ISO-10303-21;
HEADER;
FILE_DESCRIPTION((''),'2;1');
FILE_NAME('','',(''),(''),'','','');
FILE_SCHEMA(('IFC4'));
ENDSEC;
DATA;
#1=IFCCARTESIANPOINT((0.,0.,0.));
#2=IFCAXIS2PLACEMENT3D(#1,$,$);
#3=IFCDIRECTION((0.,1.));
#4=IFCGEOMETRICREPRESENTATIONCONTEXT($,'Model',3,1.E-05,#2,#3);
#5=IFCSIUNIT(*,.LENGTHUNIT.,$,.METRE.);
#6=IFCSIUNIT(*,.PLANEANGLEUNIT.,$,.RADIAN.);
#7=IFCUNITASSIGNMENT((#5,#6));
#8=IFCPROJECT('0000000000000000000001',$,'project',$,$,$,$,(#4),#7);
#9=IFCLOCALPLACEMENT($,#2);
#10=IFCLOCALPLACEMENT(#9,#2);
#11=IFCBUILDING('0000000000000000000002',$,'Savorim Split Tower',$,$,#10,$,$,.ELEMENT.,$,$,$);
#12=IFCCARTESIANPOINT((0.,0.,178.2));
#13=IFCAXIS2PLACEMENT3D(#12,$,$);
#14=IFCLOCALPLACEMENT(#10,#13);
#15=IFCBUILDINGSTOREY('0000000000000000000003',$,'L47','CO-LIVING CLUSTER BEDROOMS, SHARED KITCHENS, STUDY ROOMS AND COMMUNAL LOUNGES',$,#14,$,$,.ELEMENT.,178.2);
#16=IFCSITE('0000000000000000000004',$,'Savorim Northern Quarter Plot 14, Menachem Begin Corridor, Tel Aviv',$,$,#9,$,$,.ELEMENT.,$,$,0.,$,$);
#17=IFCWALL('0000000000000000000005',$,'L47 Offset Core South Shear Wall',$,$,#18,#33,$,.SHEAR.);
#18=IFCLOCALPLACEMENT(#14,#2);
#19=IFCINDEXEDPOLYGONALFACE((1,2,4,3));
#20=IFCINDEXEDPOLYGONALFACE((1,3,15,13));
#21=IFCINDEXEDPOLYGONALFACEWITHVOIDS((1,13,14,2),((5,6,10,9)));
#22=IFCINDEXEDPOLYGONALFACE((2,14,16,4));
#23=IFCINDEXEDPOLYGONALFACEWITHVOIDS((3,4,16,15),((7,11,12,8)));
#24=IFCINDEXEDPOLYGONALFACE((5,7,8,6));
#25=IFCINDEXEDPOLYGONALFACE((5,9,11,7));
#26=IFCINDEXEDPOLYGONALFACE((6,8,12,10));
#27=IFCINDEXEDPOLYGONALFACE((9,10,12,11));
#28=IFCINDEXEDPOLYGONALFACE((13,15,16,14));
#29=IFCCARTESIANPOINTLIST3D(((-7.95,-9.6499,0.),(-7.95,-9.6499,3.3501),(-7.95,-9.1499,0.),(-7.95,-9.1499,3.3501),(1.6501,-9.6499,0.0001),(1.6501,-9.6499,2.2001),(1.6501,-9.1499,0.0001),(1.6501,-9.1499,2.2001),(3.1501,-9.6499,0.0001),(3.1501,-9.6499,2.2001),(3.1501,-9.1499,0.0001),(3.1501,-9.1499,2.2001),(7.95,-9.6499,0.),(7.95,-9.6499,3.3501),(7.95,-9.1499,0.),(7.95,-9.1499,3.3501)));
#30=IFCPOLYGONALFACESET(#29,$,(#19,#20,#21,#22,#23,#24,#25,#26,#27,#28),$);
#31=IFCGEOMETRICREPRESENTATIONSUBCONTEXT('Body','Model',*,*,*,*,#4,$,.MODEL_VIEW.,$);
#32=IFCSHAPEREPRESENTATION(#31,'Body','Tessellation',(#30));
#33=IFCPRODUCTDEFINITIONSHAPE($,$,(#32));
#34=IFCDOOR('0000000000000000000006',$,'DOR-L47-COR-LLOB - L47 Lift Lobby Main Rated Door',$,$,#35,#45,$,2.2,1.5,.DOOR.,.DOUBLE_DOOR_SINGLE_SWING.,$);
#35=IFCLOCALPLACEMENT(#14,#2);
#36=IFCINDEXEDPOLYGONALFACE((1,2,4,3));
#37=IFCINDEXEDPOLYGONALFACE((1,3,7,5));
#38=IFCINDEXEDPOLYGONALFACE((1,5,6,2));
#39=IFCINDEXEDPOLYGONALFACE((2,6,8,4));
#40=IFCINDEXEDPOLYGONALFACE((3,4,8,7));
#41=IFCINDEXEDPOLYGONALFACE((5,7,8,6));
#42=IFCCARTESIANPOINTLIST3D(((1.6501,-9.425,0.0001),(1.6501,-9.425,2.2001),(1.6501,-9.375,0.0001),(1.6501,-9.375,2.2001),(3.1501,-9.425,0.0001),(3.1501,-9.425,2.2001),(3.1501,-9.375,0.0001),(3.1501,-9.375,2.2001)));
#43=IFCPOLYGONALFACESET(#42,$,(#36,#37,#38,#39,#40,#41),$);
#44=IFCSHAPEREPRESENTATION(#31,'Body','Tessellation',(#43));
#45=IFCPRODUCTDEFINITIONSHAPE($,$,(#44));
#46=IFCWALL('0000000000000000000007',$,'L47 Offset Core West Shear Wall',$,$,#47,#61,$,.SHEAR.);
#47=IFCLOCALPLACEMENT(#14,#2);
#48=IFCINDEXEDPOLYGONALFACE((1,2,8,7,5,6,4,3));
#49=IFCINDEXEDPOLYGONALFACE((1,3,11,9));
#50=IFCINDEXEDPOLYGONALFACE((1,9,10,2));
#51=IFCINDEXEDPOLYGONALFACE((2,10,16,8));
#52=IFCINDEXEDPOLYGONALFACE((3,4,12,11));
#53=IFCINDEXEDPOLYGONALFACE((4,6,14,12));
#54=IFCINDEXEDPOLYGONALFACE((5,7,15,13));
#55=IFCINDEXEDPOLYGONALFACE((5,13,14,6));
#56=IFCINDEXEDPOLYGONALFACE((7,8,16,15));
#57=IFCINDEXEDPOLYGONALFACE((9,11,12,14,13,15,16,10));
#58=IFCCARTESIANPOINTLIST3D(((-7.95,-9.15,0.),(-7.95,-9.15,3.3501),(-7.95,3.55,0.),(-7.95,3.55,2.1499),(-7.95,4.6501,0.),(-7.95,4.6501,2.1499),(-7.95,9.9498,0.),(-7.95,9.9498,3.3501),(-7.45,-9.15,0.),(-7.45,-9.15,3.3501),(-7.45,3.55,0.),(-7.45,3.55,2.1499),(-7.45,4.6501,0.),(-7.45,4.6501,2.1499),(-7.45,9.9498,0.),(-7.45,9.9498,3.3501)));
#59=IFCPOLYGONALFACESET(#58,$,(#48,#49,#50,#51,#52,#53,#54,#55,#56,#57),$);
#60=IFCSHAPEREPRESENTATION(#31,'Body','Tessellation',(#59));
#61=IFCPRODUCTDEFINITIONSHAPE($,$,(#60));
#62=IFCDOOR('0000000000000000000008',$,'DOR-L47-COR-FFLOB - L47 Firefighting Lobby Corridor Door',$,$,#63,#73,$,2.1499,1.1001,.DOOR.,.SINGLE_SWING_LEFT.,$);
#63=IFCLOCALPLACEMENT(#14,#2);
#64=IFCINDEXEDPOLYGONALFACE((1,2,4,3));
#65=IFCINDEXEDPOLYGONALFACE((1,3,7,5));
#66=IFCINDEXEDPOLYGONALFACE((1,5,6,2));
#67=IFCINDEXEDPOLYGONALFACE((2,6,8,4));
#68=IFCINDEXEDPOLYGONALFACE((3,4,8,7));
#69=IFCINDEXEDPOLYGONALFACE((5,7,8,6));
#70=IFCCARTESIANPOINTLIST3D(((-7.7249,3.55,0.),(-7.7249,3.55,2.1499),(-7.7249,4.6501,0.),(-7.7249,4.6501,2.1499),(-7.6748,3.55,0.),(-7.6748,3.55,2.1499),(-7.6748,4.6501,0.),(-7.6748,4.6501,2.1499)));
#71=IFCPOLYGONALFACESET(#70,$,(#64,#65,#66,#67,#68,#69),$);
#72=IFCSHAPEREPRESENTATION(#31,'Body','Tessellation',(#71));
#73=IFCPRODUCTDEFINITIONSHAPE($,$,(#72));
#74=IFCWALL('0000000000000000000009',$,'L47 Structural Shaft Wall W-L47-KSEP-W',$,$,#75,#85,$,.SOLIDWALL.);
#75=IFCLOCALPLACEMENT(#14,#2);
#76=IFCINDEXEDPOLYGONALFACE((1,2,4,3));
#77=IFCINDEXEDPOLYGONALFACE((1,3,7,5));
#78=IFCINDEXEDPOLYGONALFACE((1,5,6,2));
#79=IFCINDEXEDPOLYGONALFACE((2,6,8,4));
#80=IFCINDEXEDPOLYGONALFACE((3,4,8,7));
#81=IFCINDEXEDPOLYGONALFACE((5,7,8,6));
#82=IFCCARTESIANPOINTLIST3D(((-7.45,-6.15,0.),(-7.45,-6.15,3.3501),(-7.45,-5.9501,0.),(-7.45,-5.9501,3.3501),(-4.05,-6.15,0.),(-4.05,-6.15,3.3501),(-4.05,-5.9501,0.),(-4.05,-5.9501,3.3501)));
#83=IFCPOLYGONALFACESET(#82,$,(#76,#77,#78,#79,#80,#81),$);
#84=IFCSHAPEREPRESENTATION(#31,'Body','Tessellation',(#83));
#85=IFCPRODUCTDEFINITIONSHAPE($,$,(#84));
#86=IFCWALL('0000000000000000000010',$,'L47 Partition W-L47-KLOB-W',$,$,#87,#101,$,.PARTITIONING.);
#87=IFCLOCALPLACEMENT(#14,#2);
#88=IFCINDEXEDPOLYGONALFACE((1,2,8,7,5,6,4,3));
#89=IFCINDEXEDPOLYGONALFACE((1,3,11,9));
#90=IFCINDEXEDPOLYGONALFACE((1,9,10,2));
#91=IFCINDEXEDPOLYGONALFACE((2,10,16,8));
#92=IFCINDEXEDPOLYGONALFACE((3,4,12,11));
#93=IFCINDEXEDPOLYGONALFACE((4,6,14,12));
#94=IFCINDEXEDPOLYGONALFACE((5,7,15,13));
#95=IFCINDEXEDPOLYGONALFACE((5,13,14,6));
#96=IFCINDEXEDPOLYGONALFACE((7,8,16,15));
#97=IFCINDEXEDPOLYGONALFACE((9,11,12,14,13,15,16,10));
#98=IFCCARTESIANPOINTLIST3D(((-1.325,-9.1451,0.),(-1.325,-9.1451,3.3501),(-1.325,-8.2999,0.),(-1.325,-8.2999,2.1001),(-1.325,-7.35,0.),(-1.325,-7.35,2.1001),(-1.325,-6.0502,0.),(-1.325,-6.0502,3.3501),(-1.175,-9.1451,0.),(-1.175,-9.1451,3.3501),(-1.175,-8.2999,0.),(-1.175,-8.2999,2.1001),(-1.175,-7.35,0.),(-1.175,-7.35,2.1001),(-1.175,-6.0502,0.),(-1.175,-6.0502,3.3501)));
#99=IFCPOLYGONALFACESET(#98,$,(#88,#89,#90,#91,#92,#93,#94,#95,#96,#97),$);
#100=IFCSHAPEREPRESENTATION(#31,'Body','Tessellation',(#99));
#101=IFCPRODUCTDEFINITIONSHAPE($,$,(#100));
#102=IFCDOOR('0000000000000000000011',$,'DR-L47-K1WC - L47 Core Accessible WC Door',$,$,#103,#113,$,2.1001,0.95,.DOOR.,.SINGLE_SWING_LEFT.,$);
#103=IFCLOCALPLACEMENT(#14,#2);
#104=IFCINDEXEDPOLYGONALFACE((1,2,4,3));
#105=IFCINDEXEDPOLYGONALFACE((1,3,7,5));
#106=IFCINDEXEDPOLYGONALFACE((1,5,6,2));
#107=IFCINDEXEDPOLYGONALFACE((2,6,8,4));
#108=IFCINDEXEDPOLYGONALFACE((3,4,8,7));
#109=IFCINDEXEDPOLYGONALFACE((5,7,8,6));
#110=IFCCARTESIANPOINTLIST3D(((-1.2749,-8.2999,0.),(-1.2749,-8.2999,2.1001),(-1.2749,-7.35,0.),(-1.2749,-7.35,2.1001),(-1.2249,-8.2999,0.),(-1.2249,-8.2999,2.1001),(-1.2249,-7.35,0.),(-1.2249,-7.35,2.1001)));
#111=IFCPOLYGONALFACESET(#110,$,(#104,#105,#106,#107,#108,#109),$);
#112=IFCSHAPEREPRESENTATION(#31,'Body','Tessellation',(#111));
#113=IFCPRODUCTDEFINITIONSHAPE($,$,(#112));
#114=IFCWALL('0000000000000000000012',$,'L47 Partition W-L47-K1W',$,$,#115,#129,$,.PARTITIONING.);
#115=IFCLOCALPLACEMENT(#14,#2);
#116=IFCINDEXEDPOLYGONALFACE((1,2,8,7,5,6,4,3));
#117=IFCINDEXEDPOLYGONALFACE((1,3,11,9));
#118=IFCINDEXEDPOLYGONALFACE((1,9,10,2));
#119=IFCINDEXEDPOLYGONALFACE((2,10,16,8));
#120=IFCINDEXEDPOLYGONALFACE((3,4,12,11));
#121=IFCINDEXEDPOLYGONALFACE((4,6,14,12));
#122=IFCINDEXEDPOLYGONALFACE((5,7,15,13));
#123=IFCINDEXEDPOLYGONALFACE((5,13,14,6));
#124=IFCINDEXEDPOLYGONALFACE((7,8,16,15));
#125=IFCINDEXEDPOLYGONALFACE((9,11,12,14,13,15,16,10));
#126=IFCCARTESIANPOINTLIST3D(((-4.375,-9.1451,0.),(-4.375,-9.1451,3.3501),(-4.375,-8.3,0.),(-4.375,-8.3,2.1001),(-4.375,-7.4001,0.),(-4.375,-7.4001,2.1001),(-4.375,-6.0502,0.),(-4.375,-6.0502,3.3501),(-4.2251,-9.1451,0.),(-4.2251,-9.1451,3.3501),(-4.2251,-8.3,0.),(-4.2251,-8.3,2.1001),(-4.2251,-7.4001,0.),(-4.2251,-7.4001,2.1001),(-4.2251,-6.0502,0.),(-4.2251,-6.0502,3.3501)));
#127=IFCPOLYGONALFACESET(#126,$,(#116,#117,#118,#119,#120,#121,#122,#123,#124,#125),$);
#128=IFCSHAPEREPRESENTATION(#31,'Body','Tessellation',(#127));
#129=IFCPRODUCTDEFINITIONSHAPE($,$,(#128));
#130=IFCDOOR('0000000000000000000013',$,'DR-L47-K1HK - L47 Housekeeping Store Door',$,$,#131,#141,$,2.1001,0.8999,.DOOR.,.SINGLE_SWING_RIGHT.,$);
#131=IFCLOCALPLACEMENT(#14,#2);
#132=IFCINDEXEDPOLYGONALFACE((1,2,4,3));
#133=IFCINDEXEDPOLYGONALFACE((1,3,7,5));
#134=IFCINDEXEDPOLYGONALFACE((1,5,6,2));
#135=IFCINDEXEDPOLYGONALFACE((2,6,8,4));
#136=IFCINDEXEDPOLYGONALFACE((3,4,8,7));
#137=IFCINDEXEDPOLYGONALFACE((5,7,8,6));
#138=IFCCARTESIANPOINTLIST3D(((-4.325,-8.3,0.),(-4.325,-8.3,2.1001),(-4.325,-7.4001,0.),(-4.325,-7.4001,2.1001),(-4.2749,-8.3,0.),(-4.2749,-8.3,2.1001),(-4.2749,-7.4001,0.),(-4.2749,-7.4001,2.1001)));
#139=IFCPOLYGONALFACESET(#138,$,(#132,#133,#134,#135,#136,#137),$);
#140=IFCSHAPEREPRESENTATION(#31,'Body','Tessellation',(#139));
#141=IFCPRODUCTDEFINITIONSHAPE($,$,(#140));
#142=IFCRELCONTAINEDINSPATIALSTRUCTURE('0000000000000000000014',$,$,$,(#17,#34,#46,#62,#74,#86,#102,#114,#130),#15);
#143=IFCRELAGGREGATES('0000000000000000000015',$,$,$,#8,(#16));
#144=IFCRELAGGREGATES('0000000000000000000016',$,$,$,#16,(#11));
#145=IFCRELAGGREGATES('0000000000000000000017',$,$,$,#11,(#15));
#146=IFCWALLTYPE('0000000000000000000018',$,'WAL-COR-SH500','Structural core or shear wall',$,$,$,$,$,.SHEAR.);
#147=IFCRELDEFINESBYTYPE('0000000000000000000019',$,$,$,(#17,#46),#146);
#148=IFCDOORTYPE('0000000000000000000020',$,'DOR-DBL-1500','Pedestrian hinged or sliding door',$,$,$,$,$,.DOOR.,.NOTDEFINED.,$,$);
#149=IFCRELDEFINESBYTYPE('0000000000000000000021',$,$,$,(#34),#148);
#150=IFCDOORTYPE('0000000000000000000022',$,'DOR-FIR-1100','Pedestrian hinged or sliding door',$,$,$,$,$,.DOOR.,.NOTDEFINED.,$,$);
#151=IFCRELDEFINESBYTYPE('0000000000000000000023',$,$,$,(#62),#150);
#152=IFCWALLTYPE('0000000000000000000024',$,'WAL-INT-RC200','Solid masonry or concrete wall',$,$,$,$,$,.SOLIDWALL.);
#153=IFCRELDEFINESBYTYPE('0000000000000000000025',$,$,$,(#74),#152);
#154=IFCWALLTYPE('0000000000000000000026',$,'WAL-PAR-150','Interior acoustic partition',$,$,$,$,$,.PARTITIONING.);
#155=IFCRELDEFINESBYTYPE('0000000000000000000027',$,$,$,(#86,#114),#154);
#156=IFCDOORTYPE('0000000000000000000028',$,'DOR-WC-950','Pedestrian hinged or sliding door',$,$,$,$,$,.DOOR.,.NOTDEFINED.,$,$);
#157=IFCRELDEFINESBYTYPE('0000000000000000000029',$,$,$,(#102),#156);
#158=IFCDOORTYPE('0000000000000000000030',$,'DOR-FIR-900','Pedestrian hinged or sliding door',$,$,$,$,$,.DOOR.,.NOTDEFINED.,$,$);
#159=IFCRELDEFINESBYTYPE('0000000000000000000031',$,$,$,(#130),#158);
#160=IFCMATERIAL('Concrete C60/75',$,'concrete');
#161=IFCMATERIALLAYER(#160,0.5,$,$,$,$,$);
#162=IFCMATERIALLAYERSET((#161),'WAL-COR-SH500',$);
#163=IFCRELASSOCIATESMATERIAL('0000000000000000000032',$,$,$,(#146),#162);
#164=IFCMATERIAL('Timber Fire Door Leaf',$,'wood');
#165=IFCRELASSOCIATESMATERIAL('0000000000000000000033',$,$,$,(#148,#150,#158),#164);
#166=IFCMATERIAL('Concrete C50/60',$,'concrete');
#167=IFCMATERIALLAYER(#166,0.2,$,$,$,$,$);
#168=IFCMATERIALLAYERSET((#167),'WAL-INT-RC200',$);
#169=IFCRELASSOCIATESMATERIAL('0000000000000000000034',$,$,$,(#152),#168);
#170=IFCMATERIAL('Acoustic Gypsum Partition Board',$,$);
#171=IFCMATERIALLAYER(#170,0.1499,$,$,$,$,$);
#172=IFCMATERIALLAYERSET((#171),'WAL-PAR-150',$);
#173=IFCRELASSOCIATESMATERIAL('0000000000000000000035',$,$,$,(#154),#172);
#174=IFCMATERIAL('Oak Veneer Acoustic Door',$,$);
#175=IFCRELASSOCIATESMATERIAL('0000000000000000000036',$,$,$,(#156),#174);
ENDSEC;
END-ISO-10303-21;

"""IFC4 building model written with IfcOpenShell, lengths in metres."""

from ifc_helpers import new_model, si_unit, direction, frame, frame_2d, origin, place, context, subcontext, project, spatial, rectangle, extrude, material, layer, layer_set, type_object, element, fill, save


model = new_model("IFC4")

# Units and contexts
model_context = context("Model", 3, precision=1e-05, world=origin(), true_north=direction((0.0, 1.0)))
body_context = subcontext(model_context, "Body", "Model", "MODEL_VIEW")
ifc_project = project(units=[si_unit("LENGTHUNIT", "METRE"), si_unit("PLANEANGLEUNIT", "RADIAN")], contexts=[model_context])

# Site, building, storey
site_placement = place(None, origin())
site = spatial("IfcSite", under=ifc_project, at=site_placement, Name="Savorim Northern Quarter Plot 14, Menachem Begin Corridor, Tel Aviv", CompositionType="ELEMENT", RefElevation=0.0)
building_placement = place(site_placement, origin())
building = spatial("IfcBuilding", under=site, at=building_placement, Name="Savorim Split Tower", CompositionType="ELEMENT")
storey_placement = place(building_placement, frame((0.0, 0.0, 178.2)))
storey = spatial("IfcBuildingStorey", under=building, at=storey_placement, Name="L47", Description="CO-LIVING CLUSTER BEDROOMS, SHARED KITCHENS, STUDY ROOMS AND COMMUNAL LOUNGES", CompositionType="ELEMENT", Elevation=178.2)

# Walls, openings, doors
ifc_material_1 = material(Name="Concrete C60/75", Category="concrete")
ifc_layer_1 = layer(ifc_material_1, 0.5)
ifc_layer_set_1 = layer_set([ifc_layer_1], Name="WAL-COR-SH500")
wall_type_1 = type_object("IfcWallType", Name="WAL-COR-SH500", Description="Structural core or shear wall", PredefinedType="SHEAR", material=ifc_layer_set_1)
wall_1_placement = place(storey_placement, frame((-7.95, -9.3999, 0.0), z_axis=(0.0, 0.0, 1.0), x_axis=(1.0, 0.0, 0.0)))
wall_1 = element("IfcWall", 1, at=wall_1_placement, inside=storey, type_object=wall_type_1, Name="L47 Offset Core South Shear Wall", PredefinedType="SHEAR", context=body_context, shape_type="SweptSolid", body=[
    extrude(rectangle(XDim=15.8999, YDim=0.5, at=frame_2d((7.95, 0.0))), origin(), (0.0, 0.0, 1.0), 3.3501),
])
opening_1_placement = place(wall_1_placement, frame((9.6001, 0.0, 0.0)))
opening_1 = element("IfcOpeningElement", 2, at=opening_1_placement, cuts=wall_1, PredefinedType="OPENING", context=body_context, shape_type="SweptSolid", body=[
    extrude(rectangle(XDim=1.5, YDim=2.2, at=frame_2d((0.75, 1.1001))), frame((0.0, 0.26, 0.0), z_axis=(0.0, -1.0, 0.0), x_axis=(1.0, 0.0, 0.0)), (0.0, 0.0, 1.0), 0.52),
])
ifc_material_2 = material(Name="Timber Fire Door Leaf", Category="wood")
door_type_1 = type_object("IfcDoorType", Name="DOR-DBL-1500", Description="Pedestrian hinged or sliding door", OperationType="NOTDEFINED", PredefinedType="DOOR", material=ifc_material_2)
door_1_placement = place(opening_1_placement, origin())
door_1 = element("IfcDoor", 3, at=door_1_placement, inside=storey, type_object=door_type_1, Name="DOR-L47-COR-LLOB - L47 Lift Lobby Main Rated Door", OperationType="DOUBLE_DOOR_SINGLE_SWING", OverallHeight=2.2, OverallWidth=1.5, PredefinedType="DOOR", context=body_context, shape_type="SweptSolid", body=[
    extrude(rectangle(XDim=1.5, YDim=2.2, at=frame_2d((0.75, 1.1001))), frame((0.0, 0.0249, 0.0), z_axis=(0.0, -1.0, 0.0), x_axis=(1.0, 0.0, 0.0)), (0.0, 0.0, 1.0), 0.05),
])
fill(opening_1, door_1)
wall_2_placement = place(storey_placement, frame((-7.7, -9.1499, 0.0), z_axis=(0.0, 0.0, 1.0), x_axis=(0.0, 1.0, 0.0)))
wall_2 = element("IfcWall", 4, at=wall_2_placement, inside=storey, type_object=wall_type_1, Name="L47 Offset Core West Shear Wall", PredefinedType="SHEAR", context=body_context, shape_type="SweptSolid", body=[
    extrude(rectangle(XDim=19.0999, YDim=0.5, at=frame_2d((9.5498, 0.0))), origin(), (0.0, 0.0, 1.0), 3.3501),
])
opening_2_placement = place(wall_2_placement, frame((12.7, 0.0, 0.0)))
opening_2 = element("IfcOpeningElement", 5, at=opening_2_placement, cuts=wall_2, PredefinedType="OPENING", context=body_context, shape_type="SweptSolid", body=[
    extrude(rectangle(XDim=1.1001, YDim=2.1499, at=frame_2d((0.55, 1.075))), frame((0.0, 0.26, 0.0), z_axis=(0.0, -1.0, 0.0), x_axis=(1.0, 0.0, 0.0)), (0.0, 0.0, 1.0), 0.52),
])
door_type_2 = type_object("IfcDoorType", Name="DOR-FIR-1100", Description="Pedestrian hinged or sliding door", OperationType="NOTDEFINED", PredefinedType="DOOR", material=ifc_material_2)
door_2_placement = place(opening_2_placement, origin())
door_2 = element("IfcDoor", 6, at=door_2_placement, inside=storey, type_object=door_type_2, Name="DOR-L47-COR-FFLOB - L47 Firefighting Lobby Corridor Door", OperationType="SINGLE_SWING_LEFT", OverallHeight=2.1499, OverallWidth=1.1001, PredefinedType="DOOR", context=body_context, shape_type="SweptSolid", body=[
    extrude(rectangle(XDim=1.1001, YDim=2.1499, at=frame_2d((0.55, 1.075))), frame((0.0, 0.0249, 0.0), z_axis=(0.0, -1.0, 0.0), x_axis=(1.0, 0.0, 0.0)), (0.0, 0.0, 1.0), 0.05),
])
fill(opening_2, door_2)

# Wall
ifc_material_3 = material(Name="Concrete C50/60", Category="concrete")
ifc_layer_2 = layer(ifc_material_3, 0.2)
ifc_layer_set_2 = layer_set([ifc_layer_2], Name="WAL-INT-RC200")
wall_type_2 = type_object("IfcWallType", Name="WAL-INT-RC200", Description="Solid masonry or concrete wall", PredefinedType="SOLIDWALL", material=ifc_layer_set_2)
wall_3_placement = place(storey_placement, frame((-7.45, -6.05, 0.0), z_axis=(0.0, 0.0, 1.0), x_axis=(1.0, 0.0, 0.0)))
element("IfcWall", 7, at=wall_3_placement, inside=storey, type_object=wall_type_2, Name="L47 Structural Shaft Wall W-L47-KSEP-W", PredefinedType="SOLIDWALL", context=body_context, shape_type="SweptSolid", body=[
    extrude(rectangle(XDim=3.3999, YDim=0.2, at=frame_2d((1.7, 0.0))), origin(), (0.0, 0.0, 1.0), 3.3501),
])

# Walls, openings, doors
ifc_material_4 = material(Name="Acoustic Gypsum Partition Board")
ifc_layer_3 = layer(ifc_material_4, 0.1499)
ifc_layer_set_3 = layer_set([ifc_layer_3], Name="WAL-PAR-150")
wall_type_3 = type_object("IfcWallType", Name="WAL-PAR-150", Description="Interior acoustic partition", PredefinedType="PARTITIONING", material=ifc_layer_set_3)
wall_4_placement = place(storey_placement, frame((-1.25, -9.145, 0.0), z_axis=(0.0, 0.0, 1.0), x_axis=(0.0, 1.0, 0.0)))
wall_4 = element("IfcWall", 8, at=wall_4_placement, inside=storey, type_object=wall_type_3, Name="L47 Partition W-L47-KLOB-W", PredefinedType="PARTITIONING", context=body_context, shape_type="SweptSolid", body=[
    extrude(rectangle(XDim=3.095, YDim=0.1499, at=frame_2d((1.5474, 0.0))), origin(), (0.0, 0.0, 1.0), 3.3501),
])
opening_3_placement = place(wall_4_placement, frame((0.845, 0.0, 0.0)))
opening_3 = element("IfcOpeningElement", 9, at=opening_3_placement, cuts=wall_4, PredefinedType="OPENING", context=body_context, shape_type="SweptSolid", body=[
    extrude(rectangle(XDim=0.95, YDim=2.1001, at=frame_2d((0.4751, 1.05))), frame((0.0, 0.085, 0.0), z_axis=(0.0, -1.0, 0.0), x_axis=(1.0, 0.0, 0.0)), (0.0, 0.0, 1.0), 0.1699),
])
ifc_material_5 = material(Name="Oak Veneer Acoustic Door")
door_type_3 = type_object("IfcDoorType", Name="DOR-WC-950", Description="Pedestrian hinged or sliding door", OperationType="NOTDEFINED", PredefinedType="DOOR", material=ifc_material_5)
door_3_placement = place(opening_3_placement, origin())
door_3 = element("IfcDoor", 10, at=door_3_placement, inside=storey, type_object=door_type_3, Name="DR-L47-K1WC - L47 Core Accessible WC Door", OperationType="SINGLE_SWING_LEFT", OverallHeight=2.1001, OverallWidth=0.95, PredefinedType="DOOR", context=body_context, shape_type="SweptSolid", body=[
    extrude(rectangle(XDim=0.95, YDim=2.1001, at=frame_2d((0.4751, 1.05))), frame((0.0, 0.0249, 0.0), z_axis=(0.0, -1.0, 0.0), x_axis=(1.0, 0.0, 0.0)), (0.0, 0.0, 1.0), 0.05),
])
fill(opening_3, door_3)
wall_5_placement = place(storey_placement, frame((-4.3, -9.145, 0.0), z_axis=(0.0, 0.0, 1.0), x_axis=(0.0, 1.0, 0.0)))
wall_5 = element("IfcWall", 11, at=wall_5_placement, inside=storey, type_object=wall_type_3, Name="L47 Partition W-L47-K1W", PredefinedType="PARTITIONING", context=body_context, shape_type="SweptSolid", body=[
    extrude(rectangle(XDim=3.095, YDim=0.1499, at=frame_2d((1.5474, 0.0))), origin(), (0.0, 0.0, 1.0), 3.3501),
])
opening_4_placement = place(wall_5_placement, frame((0.845, 0.0, 0.0)))
opening_4 = element("IfcOpeningElement", 12, at=opening_4_placement, cuts=wall_5, PredefinedType="OPENING", context=body_context, shape_type="SweptSolid", body=[
    extrude(rectangle(XDim=0.8999, YDim=2.1001, at=frame_2d((0.45, 1.05))), frame((0.0, 0.085, 0.0), z_axis=(0.0, -1.0, 0.0), x_axis=(1.0, 0.0, 0.0)), (0.0, 0.0, 1.0), 0.1699),
])
door_type_4 = type_object("IfcDoorType", Name="DOR-FIR-900", Description="Pedestrian hinged or sliding door", OperationType="NOTDEFINED", PredefinedType="DOOR", material=ifc_material_2)
door_4_placement = place(opening_4_placement, origin())
door_4 = element("IfcDoor", 13, at=door_4_placement, inside=storey, type_object=door_type_4, Name="DR-L47-K1HK - L47 Housekeeping Store Door", OperationType="SINGLE_SWING_RIGHT", OverallHeight=2.1001, OverallWidth=0.8999, PredefinedType="DOOR", context=body_context, shape_type="SweptSolid", body=[
    extrude(rectangle(XDim=0.8999, YDim=2.1001, at=frame_2d((0.45, 1.05))), frame((0.0, 0.0249, 0.0), z_axis=(0.0, -1.0, 0.0), x_axis=(1.0, 0.0, 0.0)), (0.0, 0.0, 1.0), 0.05),
])
fill(opening_4, door_4)

save(model, "model.ifc")
